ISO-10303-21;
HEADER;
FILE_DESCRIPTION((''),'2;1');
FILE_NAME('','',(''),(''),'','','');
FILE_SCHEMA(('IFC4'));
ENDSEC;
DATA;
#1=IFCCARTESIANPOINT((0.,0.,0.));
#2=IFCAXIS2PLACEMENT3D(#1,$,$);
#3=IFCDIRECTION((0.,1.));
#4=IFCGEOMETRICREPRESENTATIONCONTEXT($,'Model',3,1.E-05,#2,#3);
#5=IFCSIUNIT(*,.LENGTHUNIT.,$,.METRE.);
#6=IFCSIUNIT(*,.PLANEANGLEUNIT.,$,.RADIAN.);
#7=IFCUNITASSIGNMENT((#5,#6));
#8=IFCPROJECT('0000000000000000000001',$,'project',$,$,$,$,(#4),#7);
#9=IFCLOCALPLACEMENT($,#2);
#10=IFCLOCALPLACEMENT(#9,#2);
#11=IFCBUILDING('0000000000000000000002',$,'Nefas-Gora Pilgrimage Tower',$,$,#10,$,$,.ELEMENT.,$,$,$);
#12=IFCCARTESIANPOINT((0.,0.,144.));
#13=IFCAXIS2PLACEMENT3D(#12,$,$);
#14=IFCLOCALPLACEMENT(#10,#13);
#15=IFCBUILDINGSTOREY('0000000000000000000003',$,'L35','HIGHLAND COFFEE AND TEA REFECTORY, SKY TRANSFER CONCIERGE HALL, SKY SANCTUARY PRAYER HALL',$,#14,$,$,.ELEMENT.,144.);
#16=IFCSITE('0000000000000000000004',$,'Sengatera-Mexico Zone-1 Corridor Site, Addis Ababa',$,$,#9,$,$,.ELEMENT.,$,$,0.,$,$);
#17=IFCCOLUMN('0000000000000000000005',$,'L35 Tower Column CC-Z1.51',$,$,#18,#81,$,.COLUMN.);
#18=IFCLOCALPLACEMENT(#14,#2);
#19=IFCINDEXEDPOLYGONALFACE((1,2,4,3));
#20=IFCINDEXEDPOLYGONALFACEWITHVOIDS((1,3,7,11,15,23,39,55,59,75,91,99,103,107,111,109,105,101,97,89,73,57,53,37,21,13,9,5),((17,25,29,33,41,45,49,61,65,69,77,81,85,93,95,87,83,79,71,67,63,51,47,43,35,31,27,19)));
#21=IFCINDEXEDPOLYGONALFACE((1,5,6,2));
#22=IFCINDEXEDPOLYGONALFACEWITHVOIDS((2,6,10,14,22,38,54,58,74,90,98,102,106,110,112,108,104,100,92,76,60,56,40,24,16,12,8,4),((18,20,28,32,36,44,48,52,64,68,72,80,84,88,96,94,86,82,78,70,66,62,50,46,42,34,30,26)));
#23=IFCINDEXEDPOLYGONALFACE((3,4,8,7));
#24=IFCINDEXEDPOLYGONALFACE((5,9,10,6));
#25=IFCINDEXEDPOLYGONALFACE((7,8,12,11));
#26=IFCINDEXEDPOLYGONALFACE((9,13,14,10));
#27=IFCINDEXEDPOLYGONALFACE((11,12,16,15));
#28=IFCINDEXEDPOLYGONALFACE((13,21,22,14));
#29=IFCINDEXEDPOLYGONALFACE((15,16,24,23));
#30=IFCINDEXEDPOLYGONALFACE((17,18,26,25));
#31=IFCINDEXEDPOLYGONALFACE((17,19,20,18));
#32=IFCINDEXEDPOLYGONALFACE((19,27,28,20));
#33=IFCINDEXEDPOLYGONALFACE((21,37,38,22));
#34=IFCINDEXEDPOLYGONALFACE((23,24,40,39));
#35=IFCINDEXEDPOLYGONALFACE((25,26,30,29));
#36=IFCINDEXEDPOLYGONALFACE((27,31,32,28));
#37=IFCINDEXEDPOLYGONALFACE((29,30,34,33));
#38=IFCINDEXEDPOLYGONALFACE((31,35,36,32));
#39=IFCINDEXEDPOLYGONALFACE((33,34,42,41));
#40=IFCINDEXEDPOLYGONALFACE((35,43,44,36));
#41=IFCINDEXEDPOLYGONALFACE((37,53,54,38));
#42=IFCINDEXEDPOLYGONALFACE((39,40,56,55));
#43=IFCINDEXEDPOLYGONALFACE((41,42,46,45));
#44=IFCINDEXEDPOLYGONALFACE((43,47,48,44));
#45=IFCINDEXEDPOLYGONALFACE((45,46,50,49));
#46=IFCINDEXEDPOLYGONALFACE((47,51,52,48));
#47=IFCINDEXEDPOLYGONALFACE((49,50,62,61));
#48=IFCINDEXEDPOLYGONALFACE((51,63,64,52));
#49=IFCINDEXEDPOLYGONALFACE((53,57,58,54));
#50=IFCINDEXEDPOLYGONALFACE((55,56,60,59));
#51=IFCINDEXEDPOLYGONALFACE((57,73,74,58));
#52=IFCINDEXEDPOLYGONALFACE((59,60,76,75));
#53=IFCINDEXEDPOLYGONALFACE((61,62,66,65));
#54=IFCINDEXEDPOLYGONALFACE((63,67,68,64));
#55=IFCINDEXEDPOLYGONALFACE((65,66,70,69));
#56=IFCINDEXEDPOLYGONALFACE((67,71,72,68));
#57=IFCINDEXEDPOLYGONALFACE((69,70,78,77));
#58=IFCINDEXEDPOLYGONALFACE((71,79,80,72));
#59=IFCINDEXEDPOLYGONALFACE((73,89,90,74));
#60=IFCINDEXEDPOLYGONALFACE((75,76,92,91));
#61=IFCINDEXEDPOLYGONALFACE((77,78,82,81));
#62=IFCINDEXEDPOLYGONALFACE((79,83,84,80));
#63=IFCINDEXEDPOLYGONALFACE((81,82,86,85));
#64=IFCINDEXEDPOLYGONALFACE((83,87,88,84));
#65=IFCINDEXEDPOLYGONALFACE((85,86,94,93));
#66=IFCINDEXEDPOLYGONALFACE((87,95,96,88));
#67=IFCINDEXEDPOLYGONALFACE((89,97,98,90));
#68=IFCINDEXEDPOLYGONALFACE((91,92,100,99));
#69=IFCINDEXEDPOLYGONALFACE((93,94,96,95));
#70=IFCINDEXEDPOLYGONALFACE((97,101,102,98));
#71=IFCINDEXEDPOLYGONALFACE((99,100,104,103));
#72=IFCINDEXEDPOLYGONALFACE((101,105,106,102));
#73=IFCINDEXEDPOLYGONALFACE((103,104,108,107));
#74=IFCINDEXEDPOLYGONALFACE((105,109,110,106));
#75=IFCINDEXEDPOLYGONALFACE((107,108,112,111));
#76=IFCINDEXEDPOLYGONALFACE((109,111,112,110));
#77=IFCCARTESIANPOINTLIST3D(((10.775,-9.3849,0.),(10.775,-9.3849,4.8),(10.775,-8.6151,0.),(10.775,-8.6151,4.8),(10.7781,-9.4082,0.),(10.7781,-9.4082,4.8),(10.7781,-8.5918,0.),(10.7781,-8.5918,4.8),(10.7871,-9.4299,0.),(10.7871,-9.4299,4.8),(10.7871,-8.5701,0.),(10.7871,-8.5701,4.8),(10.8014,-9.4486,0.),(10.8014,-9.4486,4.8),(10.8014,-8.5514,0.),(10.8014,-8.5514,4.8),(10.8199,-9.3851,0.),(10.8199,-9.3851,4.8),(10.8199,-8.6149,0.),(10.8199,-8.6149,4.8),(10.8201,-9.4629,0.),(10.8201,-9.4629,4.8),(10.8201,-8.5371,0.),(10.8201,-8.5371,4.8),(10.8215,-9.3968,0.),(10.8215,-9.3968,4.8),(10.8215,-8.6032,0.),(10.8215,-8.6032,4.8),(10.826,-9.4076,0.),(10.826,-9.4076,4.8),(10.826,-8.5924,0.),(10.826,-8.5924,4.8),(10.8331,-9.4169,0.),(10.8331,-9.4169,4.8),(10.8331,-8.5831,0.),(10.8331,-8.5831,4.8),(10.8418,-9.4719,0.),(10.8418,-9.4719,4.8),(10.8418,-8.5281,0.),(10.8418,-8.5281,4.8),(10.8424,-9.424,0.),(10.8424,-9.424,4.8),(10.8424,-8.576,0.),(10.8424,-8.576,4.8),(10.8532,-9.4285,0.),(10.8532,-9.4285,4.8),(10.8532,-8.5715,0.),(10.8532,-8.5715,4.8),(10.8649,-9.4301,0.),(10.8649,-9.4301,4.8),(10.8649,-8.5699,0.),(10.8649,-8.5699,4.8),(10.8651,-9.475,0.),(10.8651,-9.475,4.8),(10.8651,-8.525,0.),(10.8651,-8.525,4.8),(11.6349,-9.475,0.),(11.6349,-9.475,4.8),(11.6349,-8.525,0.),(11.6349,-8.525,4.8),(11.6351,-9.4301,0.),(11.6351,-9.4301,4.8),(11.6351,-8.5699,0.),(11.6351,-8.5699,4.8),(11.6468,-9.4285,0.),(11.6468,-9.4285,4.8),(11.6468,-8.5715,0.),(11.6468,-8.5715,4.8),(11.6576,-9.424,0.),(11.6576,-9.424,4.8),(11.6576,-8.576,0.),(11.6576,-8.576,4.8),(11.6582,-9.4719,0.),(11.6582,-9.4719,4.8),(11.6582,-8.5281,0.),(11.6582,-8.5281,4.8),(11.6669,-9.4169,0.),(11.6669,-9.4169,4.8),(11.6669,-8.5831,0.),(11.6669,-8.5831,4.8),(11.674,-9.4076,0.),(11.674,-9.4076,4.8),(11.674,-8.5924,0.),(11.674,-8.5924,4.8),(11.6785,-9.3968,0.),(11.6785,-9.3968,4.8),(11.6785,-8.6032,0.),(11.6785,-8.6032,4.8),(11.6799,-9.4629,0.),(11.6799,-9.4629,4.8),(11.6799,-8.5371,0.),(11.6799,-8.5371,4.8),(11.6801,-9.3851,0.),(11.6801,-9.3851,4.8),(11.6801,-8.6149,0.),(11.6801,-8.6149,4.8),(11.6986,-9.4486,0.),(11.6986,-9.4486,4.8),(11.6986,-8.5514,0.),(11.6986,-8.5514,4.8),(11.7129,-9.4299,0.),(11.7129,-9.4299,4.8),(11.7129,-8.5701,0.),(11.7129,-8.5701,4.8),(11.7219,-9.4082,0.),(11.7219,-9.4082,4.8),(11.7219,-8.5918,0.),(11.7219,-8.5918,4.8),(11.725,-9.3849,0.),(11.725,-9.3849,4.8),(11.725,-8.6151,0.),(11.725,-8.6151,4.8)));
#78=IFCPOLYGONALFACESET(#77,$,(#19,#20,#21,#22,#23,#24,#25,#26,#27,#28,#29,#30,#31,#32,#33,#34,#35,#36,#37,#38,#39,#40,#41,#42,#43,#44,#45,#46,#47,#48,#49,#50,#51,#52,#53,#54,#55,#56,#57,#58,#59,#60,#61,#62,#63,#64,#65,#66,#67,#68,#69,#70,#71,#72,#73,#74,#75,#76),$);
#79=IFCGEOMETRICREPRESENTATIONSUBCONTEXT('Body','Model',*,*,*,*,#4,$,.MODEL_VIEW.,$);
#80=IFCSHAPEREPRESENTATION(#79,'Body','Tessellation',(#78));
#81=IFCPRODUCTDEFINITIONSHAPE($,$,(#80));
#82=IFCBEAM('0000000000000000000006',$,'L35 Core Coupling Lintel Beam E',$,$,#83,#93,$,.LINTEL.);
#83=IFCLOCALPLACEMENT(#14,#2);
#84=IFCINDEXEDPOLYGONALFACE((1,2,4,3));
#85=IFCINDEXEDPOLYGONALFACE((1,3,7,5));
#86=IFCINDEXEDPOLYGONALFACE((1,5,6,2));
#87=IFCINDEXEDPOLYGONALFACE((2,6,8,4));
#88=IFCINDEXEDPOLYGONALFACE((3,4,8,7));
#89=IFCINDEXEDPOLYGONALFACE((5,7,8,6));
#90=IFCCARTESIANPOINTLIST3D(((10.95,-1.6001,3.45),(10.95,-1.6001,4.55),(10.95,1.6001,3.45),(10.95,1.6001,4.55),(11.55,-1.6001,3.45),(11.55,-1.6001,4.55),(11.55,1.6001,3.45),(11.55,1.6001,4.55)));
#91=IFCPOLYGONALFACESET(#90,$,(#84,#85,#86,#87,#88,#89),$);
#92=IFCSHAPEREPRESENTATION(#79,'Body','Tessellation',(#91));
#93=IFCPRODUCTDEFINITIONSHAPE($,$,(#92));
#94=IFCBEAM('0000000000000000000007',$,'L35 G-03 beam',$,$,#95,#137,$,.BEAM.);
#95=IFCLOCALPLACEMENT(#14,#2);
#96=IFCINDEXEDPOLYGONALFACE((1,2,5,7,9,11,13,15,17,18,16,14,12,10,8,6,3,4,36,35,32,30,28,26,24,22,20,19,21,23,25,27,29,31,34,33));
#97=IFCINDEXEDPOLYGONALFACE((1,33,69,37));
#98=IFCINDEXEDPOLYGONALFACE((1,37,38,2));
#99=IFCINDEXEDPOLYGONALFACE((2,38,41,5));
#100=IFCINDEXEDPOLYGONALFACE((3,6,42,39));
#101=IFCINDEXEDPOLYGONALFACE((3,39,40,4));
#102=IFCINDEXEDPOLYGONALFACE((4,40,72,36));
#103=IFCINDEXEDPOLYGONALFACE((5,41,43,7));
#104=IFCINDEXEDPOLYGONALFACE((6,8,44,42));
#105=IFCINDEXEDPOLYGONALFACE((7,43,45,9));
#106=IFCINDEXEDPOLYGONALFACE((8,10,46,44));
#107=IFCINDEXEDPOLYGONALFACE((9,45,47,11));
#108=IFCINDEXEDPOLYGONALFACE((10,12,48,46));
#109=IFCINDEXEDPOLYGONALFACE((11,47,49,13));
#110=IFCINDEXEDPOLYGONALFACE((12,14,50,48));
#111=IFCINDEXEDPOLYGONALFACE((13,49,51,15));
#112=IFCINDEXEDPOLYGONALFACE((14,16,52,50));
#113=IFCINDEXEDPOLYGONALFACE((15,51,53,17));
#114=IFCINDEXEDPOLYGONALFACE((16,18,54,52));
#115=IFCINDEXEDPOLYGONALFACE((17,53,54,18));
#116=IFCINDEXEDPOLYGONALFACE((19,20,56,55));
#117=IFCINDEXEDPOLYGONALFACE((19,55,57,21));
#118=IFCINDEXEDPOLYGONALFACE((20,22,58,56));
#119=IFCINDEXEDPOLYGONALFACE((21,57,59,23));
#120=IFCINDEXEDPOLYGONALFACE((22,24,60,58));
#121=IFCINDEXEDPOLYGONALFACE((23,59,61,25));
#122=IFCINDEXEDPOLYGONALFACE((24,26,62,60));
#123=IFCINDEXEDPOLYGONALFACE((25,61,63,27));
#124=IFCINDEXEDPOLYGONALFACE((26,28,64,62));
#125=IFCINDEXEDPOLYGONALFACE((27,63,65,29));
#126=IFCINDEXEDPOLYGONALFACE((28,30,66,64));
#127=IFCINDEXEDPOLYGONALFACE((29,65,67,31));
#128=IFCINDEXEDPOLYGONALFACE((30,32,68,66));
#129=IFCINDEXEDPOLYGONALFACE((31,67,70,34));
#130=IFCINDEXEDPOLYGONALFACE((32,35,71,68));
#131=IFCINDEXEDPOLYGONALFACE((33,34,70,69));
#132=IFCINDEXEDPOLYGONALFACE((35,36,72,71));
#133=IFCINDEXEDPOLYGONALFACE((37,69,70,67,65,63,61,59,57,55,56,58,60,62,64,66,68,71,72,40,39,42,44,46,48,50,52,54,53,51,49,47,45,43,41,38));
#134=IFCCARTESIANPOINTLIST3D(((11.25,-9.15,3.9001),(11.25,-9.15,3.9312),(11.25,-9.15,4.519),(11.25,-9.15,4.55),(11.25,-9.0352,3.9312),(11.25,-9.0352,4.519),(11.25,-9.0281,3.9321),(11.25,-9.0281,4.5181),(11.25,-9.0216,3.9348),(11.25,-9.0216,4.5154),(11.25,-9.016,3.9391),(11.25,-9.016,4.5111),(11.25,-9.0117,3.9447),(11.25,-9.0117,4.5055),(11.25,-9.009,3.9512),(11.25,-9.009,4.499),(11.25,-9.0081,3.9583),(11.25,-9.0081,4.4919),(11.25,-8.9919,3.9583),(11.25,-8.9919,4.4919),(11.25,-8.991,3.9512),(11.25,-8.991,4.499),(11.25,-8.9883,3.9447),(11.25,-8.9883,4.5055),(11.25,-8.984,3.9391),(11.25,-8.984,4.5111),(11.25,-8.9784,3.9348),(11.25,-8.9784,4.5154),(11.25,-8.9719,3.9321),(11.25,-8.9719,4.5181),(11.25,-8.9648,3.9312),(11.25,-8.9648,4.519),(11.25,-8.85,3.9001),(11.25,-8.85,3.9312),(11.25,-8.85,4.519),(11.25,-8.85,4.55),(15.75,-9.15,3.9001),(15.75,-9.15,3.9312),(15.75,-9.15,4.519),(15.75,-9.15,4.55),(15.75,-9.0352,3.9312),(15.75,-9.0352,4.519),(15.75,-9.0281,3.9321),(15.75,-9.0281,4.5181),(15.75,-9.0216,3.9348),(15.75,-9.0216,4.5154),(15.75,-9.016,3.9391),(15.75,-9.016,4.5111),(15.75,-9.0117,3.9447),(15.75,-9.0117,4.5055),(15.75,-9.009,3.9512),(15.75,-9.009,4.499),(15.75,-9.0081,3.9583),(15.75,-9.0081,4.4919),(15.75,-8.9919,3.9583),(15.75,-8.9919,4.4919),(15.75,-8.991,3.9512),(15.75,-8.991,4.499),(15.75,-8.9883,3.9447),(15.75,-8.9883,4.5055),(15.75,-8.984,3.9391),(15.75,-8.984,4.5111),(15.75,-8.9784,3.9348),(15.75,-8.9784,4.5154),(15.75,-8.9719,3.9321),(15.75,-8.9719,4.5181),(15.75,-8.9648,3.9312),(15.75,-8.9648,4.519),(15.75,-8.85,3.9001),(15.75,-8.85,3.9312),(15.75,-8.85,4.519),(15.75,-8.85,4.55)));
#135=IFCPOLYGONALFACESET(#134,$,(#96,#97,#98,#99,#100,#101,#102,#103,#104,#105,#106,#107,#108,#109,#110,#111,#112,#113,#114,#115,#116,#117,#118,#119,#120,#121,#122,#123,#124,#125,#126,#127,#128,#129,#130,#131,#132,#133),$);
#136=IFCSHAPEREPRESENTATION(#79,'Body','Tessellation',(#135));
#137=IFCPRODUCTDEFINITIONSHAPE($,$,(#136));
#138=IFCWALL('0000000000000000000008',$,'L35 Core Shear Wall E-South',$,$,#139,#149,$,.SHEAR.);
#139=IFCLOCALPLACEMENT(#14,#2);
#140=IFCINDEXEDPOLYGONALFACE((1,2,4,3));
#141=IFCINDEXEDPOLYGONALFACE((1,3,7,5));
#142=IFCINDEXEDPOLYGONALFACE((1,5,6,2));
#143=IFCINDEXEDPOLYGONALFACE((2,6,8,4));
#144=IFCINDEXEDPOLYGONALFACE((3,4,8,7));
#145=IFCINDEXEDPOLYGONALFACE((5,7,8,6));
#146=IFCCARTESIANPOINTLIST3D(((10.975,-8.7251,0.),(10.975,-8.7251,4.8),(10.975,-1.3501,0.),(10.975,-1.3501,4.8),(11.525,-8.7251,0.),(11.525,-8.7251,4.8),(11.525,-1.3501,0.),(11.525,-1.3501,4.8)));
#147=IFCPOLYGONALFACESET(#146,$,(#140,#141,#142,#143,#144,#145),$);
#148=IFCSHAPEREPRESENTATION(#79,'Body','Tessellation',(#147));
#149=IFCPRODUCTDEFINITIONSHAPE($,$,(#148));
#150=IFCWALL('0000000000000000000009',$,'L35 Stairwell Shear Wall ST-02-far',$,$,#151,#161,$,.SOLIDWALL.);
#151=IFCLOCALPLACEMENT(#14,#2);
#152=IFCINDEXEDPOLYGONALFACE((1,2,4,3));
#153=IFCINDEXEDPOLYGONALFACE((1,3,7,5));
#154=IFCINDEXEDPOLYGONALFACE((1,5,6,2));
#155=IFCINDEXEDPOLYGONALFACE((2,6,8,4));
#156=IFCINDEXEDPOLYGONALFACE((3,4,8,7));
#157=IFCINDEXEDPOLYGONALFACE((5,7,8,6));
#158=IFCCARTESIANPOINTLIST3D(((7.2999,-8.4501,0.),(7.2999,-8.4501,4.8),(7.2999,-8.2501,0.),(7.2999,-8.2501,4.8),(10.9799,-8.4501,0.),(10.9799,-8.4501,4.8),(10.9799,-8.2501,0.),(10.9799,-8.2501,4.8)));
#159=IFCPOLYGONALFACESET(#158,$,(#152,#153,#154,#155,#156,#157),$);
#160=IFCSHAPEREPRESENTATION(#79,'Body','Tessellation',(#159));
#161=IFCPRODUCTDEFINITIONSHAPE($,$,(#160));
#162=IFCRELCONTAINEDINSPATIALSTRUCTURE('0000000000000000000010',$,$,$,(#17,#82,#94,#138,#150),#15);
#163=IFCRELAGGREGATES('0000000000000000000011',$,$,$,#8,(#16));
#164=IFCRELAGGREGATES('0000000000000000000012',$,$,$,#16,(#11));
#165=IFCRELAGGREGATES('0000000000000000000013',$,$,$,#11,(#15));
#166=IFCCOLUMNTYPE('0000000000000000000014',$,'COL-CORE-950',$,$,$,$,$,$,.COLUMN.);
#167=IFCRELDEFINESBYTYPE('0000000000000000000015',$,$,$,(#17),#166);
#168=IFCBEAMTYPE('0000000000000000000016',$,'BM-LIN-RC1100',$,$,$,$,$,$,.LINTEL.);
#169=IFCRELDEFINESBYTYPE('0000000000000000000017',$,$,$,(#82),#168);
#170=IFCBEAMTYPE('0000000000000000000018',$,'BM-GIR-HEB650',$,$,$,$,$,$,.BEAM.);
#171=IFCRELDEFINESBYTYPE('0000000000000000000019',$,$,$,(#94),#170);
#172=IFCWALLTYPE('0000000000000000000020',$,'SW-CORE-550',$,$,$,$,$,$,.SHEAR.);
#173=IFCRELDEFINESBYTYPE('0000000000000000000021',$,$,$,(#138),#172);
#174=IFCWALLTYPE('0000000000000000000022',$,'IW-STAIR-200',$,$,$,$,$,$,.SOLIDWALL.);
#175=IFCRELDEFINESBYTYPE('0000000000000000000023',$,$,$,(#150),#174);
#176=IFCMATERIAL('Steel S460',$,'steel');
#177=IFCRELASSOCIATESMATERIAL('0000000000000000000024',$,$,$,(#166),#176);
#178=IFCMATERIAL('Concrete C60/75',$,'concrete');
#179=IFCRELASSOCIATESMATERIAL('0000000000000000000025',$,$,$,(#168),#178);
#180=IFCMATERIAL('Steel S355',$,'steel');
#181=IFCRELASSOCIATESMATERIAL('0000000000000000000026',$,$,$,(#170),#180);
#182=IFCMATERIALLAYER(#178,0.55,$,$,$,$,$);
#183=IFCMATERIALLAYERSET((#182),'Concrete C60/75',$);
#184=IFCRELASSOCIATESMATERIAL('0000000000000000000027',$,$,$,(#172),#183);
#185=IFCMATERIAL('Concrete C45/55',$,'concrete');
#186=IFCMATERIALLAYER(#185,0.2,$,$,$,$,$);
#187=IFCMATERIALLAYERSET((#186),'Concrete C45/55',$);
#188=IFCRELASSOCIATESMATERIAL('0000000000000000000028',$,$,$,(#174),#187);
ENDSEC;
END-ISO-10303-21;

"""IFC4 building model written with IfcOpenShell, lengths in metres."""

from ifc_helpers import new_model, si_unit, direction, frame, frame_2d, origin, origin_2d, place, context, subcontext, project, spatial, rectangle, hollow_rectangle, i_section, extrude, source, transform, mapped, material, layer, layer_set, material_profile, profile_set, type_object, element, save


model = new_model("IFC4")

# Units and contexts
model_context = context("Model", 3, precision=1e-05, world=origin(), true_north=direction((0.0, 1.0)))
body_context = subcontext(model_context, "Body", "Model", "MODEL_VIEW")
ifc_project = project(units=[si_unit("LENGTHUNIT", "METRE"), si_unit("PLANEANGLEUNIT", "RADIAN")], contexts=[model_context])

# Site, building, storey
site_placement = place(None, origin())
site = spatial("IfcSite", under=ifc_project, at=site_placement, Name="Sengatera-Mexico Zone-1 Corridor Site, Addis Ababa", CompositionType="ELEMENT", RefElevation=0.0)
building_placement = place(site_placement, origin())
building = spatial("IfcBuilding", under=site, at=building_placement, Name="Nefas-Gora Pilgrimage Tower", CompositionType="ELEMENT")
storey_placement = place(building_placement, frame((0.0, 0.0, 144.0)))
storey = spatial("IfcBuildingStorey", under=building, at=storey_placement, Name="L35", Description="HIGHLAND COFFEE AND TEA REFECTORY, SKY TRANSFER CONCIERGE HALL, SKY SANCTUARY PRAYER HALL", CompositionType="ELEMENT", Elevation=144.0)

# Column
ifc_material_1 = material(Name="Steel S460", Category="steel")
ifc_material_profile_1 = material_profile(ifc_material_1, hollow_rectangle(XDim=0.95, YDim=0.95, WallThickness=0.0449, InnerFilletRadius=0.0449, OuterFilletRadius=0.0901, at=origin_2d()), Name="BOX 950x950x45")
ifc_profile_set_1 = profile_set([ifc_material_profile_1], Name="Steel S460")
column_type = type_object("IfcColumnType", Name="COL-CORE-950", PredefinedType="COLUMN", material=ifc_profile_set_1)
shared_shape_1 = source(origin(), body_context, "Body", "SweptSolid", [
    extrude(hollow_rectangle(XDim=0.95, YDim=0.95, WallThickness=0.0449, InnerFilletRadius=0.0449, OuterFilletRadius=0.0901, at=origin_2d()), origin(), (0.0, 0.0, 1.0), 4.8),
])
column_placement = place(storey_placement, frame((11.25, -9.0, 0.0), z_axis=(0.0, 0.0, 1.0), x_axis=(1.0, 0.0, 0.0)))
element("IfcColumn", 1, at=column_placement, inside=storey, type_object=column_type, Name="L35 Tower Column CC-Z1.51", PredefinedType="COLUMN", context=body_context, shape_type="MappedRepresentation", body=[
    mapped(shared_shape_1, transform((0.0, 0.0, 0.0), x_axis=(1.0, 0.0, 0.0), y_axis=(0.0, 1.0, 0.0), z_axis=(0.0, 0.0, 1.0), scale=1.0)),
])

# Beams
ifc_material_2 = material(Name="Concrete C60/75", Category="concrete")
ifc_material_profile_2 = material_profile(ifc_material_2, rectangle(XDim=0.6001, YDim=1.1001, at=origin_2d()), Name="RC 600x1100")
ifc_profile_set_2 = profile_set([ifc_material_profile_2], Name="Concrete C60/75")
beam_type_1 = type_object("IfcBeamType", Name="BM-LIN-RC1100", PredefinedType="LINTEL", material=ifc_profile_set_2)
shared_shape_2 = source(origin(), body_context, "Body", "SweptSolid", [
    extrude(rectangle(XDim=0.6001, YDim=1.1001, at=origin_2d()), origin(), (0.0, 0.0, 1.0), 3.2002),
])
beam_1_placement = place(storey_placement, frame((11.25, -1.6001, 4.0), z_axis=(0.0, 1.0, 0.0), x_axis=(-1.0, 0.0, 0.0)))
element("IfcBeam", 2, at=beam_1_placement, inside=storey, type_object=beam_type_1, Name="L35 Core Coupling Lintel Beam E", PredefinedType="LINTEL", context=body_context, shape_type="MappedRepresentation", body=[
    mapped(shared_shape_2, transform((0.0, 0.0, 0.0), x_axis=(1.0, 0.0, 0.0), y_axis=(0.0, 1.0, 0.0), z_axis=(0.0, 0.0, 1.0), scale=1.0)),
])
ifc_material_3 = material(Name="Steel S355", Category="steel")
ifc_material_profile_3 = material_profile(ifc_material_3, i_section(OverallWidth=0.3, OverallDepth=0.6499, WebThickness=0.0161, FlangeThickness=0.031, FilletRadius=0.0271, at=origin_2d()), Name="HEB 650")
ifc_profile_set_3 = profile_set([ifc_material_profile_3], Name="Steel S355")
beam_type_2 = type_object("IfcBeamType", Name="BM-GIR-HEB650", PredefinedType="BEAM", material=ifc_profile_set_3)
shared_shape_3 = source(origin(), body_context, "Body", "SweptSolid", [
    extrude(i_section(OverallWidth=0.3, OverallDepth=0.6499, WebThickness=0.0161, FlangeThickness=0.031, FilletRadius=0.0271, at=origin_2d()), origin(), (0.0, 0.0, 1.0), 4.5),
])
beam_2_placement = place(storey_placement, frame((11.25, -9.0, 4.2251), z_axis=(1.0, 0.0, 0.0), x_axis=(0.0, 1.0, 0.0)))
element("IfcBeam", 3, at=beam_2_placement, inside=storey, type_object=beam_type_2, Name="L35 G-03 beam", PredefinedType="BEAM", context=body_context, shape_type="MappedRepresentation", body=[
    mapped(shared_shape_3, transform((0.0, 0.0, 0.0), x_axis=(1.0, 0.0, 0.0), y_axis=(0.0, 1.0, 0.0), z_axis=(0.0, 0.0, 1.0), scale=1.0)),
])

# Walls
ifc_layer_1 = layer(ifc_material_2, 0.55)
ifc_layer_set_1 = layer_set([ifc_layer_1], Name="Concrete C60/75")
wall_type_1 = type_object("IfcWallType", Name="SW-CORE-550", PredefinedType="SHEAR", material=ifc_layer_set_1)
shared_shape_4 = source(origin(), body_context, "Body", "SweptSolid", [
    extrude(rectangle(XDim=7.375, YDim=0.55, at=frame_2d((3.6875, 0.0))), origin(), (0.0, 0.0, 1.0), 4.8),
])
wall_1_placement = place(storey_placement, frame((11.25, -8.7251, 0.0), z_axis=(0.0, 0.0, 1.0), x_axis=(0.0, 1.0, 0.0)))
element("IfcWall", 4, at=wall_1_placement, inside=storey, type_object=wall_type_1, Name="L35 Core Shear Wall E-South", PredefinedType="SHEAR", context=body_context, shape_type="MappedRepresentation", body=[
    mapped(shared_shape_4, transform((0.0, 0.0, 0.0), x_axis=(1.0, 0.0, 0.0), y_axis=(0.0, 1.0, 0.0), z_axis=(0.0, 0.0, 1.0), scale=1.0)),
])
ifc_material_4 = material(Name="Concrete C45/55", Category="concrete")
ifc_layer_2 = layer(ifc_material_4, 0.2)
ifc_layer_set_2 = layer_set([ifc_layer_2], Name="Concrete C45/55")
wall_type_2 = type_object("IfcWallType", Name="IW-STAIR-200", PredefinedType="SOLIDWALL", material=ifc_layer_set_2)
shared_shape_5 = source(origin(), body_context, "Body", "SweptSolid", [
    extrude(rectangle(XDim=3.6799, YDim=0.2, at=frame_2d((1.8398, 0.0))), origin(), (0.0, 0.0, 1.0), 4.8),
])
wall_2_placement = place(storey_placement, frame((7.3, -8.3501, 0.0), z_axis=(0.0, 0.0, 1.0), x_axis=(1.0, 0.0, 0.0)))
element("IfcWall", 5, at=wall_2_placement, inside=storey, type_object=wall_type_2, Name="L35 Stairwell Shear Wall ST-02-far", PredefinedType="SOLIDWALL", context=body_context, shape_type="MappedRepresentation", body=[
    mapped(shared_shape_5, transform((0.0, 0.0, 0.0), x_axis=(1.0, 0.0, 0.0), y_axis=(0.0, 1.0, 0.0), z_axis=(0.0, 0.0, 1.0), scale=1.0)),
])

save(model, "model.ifc")
